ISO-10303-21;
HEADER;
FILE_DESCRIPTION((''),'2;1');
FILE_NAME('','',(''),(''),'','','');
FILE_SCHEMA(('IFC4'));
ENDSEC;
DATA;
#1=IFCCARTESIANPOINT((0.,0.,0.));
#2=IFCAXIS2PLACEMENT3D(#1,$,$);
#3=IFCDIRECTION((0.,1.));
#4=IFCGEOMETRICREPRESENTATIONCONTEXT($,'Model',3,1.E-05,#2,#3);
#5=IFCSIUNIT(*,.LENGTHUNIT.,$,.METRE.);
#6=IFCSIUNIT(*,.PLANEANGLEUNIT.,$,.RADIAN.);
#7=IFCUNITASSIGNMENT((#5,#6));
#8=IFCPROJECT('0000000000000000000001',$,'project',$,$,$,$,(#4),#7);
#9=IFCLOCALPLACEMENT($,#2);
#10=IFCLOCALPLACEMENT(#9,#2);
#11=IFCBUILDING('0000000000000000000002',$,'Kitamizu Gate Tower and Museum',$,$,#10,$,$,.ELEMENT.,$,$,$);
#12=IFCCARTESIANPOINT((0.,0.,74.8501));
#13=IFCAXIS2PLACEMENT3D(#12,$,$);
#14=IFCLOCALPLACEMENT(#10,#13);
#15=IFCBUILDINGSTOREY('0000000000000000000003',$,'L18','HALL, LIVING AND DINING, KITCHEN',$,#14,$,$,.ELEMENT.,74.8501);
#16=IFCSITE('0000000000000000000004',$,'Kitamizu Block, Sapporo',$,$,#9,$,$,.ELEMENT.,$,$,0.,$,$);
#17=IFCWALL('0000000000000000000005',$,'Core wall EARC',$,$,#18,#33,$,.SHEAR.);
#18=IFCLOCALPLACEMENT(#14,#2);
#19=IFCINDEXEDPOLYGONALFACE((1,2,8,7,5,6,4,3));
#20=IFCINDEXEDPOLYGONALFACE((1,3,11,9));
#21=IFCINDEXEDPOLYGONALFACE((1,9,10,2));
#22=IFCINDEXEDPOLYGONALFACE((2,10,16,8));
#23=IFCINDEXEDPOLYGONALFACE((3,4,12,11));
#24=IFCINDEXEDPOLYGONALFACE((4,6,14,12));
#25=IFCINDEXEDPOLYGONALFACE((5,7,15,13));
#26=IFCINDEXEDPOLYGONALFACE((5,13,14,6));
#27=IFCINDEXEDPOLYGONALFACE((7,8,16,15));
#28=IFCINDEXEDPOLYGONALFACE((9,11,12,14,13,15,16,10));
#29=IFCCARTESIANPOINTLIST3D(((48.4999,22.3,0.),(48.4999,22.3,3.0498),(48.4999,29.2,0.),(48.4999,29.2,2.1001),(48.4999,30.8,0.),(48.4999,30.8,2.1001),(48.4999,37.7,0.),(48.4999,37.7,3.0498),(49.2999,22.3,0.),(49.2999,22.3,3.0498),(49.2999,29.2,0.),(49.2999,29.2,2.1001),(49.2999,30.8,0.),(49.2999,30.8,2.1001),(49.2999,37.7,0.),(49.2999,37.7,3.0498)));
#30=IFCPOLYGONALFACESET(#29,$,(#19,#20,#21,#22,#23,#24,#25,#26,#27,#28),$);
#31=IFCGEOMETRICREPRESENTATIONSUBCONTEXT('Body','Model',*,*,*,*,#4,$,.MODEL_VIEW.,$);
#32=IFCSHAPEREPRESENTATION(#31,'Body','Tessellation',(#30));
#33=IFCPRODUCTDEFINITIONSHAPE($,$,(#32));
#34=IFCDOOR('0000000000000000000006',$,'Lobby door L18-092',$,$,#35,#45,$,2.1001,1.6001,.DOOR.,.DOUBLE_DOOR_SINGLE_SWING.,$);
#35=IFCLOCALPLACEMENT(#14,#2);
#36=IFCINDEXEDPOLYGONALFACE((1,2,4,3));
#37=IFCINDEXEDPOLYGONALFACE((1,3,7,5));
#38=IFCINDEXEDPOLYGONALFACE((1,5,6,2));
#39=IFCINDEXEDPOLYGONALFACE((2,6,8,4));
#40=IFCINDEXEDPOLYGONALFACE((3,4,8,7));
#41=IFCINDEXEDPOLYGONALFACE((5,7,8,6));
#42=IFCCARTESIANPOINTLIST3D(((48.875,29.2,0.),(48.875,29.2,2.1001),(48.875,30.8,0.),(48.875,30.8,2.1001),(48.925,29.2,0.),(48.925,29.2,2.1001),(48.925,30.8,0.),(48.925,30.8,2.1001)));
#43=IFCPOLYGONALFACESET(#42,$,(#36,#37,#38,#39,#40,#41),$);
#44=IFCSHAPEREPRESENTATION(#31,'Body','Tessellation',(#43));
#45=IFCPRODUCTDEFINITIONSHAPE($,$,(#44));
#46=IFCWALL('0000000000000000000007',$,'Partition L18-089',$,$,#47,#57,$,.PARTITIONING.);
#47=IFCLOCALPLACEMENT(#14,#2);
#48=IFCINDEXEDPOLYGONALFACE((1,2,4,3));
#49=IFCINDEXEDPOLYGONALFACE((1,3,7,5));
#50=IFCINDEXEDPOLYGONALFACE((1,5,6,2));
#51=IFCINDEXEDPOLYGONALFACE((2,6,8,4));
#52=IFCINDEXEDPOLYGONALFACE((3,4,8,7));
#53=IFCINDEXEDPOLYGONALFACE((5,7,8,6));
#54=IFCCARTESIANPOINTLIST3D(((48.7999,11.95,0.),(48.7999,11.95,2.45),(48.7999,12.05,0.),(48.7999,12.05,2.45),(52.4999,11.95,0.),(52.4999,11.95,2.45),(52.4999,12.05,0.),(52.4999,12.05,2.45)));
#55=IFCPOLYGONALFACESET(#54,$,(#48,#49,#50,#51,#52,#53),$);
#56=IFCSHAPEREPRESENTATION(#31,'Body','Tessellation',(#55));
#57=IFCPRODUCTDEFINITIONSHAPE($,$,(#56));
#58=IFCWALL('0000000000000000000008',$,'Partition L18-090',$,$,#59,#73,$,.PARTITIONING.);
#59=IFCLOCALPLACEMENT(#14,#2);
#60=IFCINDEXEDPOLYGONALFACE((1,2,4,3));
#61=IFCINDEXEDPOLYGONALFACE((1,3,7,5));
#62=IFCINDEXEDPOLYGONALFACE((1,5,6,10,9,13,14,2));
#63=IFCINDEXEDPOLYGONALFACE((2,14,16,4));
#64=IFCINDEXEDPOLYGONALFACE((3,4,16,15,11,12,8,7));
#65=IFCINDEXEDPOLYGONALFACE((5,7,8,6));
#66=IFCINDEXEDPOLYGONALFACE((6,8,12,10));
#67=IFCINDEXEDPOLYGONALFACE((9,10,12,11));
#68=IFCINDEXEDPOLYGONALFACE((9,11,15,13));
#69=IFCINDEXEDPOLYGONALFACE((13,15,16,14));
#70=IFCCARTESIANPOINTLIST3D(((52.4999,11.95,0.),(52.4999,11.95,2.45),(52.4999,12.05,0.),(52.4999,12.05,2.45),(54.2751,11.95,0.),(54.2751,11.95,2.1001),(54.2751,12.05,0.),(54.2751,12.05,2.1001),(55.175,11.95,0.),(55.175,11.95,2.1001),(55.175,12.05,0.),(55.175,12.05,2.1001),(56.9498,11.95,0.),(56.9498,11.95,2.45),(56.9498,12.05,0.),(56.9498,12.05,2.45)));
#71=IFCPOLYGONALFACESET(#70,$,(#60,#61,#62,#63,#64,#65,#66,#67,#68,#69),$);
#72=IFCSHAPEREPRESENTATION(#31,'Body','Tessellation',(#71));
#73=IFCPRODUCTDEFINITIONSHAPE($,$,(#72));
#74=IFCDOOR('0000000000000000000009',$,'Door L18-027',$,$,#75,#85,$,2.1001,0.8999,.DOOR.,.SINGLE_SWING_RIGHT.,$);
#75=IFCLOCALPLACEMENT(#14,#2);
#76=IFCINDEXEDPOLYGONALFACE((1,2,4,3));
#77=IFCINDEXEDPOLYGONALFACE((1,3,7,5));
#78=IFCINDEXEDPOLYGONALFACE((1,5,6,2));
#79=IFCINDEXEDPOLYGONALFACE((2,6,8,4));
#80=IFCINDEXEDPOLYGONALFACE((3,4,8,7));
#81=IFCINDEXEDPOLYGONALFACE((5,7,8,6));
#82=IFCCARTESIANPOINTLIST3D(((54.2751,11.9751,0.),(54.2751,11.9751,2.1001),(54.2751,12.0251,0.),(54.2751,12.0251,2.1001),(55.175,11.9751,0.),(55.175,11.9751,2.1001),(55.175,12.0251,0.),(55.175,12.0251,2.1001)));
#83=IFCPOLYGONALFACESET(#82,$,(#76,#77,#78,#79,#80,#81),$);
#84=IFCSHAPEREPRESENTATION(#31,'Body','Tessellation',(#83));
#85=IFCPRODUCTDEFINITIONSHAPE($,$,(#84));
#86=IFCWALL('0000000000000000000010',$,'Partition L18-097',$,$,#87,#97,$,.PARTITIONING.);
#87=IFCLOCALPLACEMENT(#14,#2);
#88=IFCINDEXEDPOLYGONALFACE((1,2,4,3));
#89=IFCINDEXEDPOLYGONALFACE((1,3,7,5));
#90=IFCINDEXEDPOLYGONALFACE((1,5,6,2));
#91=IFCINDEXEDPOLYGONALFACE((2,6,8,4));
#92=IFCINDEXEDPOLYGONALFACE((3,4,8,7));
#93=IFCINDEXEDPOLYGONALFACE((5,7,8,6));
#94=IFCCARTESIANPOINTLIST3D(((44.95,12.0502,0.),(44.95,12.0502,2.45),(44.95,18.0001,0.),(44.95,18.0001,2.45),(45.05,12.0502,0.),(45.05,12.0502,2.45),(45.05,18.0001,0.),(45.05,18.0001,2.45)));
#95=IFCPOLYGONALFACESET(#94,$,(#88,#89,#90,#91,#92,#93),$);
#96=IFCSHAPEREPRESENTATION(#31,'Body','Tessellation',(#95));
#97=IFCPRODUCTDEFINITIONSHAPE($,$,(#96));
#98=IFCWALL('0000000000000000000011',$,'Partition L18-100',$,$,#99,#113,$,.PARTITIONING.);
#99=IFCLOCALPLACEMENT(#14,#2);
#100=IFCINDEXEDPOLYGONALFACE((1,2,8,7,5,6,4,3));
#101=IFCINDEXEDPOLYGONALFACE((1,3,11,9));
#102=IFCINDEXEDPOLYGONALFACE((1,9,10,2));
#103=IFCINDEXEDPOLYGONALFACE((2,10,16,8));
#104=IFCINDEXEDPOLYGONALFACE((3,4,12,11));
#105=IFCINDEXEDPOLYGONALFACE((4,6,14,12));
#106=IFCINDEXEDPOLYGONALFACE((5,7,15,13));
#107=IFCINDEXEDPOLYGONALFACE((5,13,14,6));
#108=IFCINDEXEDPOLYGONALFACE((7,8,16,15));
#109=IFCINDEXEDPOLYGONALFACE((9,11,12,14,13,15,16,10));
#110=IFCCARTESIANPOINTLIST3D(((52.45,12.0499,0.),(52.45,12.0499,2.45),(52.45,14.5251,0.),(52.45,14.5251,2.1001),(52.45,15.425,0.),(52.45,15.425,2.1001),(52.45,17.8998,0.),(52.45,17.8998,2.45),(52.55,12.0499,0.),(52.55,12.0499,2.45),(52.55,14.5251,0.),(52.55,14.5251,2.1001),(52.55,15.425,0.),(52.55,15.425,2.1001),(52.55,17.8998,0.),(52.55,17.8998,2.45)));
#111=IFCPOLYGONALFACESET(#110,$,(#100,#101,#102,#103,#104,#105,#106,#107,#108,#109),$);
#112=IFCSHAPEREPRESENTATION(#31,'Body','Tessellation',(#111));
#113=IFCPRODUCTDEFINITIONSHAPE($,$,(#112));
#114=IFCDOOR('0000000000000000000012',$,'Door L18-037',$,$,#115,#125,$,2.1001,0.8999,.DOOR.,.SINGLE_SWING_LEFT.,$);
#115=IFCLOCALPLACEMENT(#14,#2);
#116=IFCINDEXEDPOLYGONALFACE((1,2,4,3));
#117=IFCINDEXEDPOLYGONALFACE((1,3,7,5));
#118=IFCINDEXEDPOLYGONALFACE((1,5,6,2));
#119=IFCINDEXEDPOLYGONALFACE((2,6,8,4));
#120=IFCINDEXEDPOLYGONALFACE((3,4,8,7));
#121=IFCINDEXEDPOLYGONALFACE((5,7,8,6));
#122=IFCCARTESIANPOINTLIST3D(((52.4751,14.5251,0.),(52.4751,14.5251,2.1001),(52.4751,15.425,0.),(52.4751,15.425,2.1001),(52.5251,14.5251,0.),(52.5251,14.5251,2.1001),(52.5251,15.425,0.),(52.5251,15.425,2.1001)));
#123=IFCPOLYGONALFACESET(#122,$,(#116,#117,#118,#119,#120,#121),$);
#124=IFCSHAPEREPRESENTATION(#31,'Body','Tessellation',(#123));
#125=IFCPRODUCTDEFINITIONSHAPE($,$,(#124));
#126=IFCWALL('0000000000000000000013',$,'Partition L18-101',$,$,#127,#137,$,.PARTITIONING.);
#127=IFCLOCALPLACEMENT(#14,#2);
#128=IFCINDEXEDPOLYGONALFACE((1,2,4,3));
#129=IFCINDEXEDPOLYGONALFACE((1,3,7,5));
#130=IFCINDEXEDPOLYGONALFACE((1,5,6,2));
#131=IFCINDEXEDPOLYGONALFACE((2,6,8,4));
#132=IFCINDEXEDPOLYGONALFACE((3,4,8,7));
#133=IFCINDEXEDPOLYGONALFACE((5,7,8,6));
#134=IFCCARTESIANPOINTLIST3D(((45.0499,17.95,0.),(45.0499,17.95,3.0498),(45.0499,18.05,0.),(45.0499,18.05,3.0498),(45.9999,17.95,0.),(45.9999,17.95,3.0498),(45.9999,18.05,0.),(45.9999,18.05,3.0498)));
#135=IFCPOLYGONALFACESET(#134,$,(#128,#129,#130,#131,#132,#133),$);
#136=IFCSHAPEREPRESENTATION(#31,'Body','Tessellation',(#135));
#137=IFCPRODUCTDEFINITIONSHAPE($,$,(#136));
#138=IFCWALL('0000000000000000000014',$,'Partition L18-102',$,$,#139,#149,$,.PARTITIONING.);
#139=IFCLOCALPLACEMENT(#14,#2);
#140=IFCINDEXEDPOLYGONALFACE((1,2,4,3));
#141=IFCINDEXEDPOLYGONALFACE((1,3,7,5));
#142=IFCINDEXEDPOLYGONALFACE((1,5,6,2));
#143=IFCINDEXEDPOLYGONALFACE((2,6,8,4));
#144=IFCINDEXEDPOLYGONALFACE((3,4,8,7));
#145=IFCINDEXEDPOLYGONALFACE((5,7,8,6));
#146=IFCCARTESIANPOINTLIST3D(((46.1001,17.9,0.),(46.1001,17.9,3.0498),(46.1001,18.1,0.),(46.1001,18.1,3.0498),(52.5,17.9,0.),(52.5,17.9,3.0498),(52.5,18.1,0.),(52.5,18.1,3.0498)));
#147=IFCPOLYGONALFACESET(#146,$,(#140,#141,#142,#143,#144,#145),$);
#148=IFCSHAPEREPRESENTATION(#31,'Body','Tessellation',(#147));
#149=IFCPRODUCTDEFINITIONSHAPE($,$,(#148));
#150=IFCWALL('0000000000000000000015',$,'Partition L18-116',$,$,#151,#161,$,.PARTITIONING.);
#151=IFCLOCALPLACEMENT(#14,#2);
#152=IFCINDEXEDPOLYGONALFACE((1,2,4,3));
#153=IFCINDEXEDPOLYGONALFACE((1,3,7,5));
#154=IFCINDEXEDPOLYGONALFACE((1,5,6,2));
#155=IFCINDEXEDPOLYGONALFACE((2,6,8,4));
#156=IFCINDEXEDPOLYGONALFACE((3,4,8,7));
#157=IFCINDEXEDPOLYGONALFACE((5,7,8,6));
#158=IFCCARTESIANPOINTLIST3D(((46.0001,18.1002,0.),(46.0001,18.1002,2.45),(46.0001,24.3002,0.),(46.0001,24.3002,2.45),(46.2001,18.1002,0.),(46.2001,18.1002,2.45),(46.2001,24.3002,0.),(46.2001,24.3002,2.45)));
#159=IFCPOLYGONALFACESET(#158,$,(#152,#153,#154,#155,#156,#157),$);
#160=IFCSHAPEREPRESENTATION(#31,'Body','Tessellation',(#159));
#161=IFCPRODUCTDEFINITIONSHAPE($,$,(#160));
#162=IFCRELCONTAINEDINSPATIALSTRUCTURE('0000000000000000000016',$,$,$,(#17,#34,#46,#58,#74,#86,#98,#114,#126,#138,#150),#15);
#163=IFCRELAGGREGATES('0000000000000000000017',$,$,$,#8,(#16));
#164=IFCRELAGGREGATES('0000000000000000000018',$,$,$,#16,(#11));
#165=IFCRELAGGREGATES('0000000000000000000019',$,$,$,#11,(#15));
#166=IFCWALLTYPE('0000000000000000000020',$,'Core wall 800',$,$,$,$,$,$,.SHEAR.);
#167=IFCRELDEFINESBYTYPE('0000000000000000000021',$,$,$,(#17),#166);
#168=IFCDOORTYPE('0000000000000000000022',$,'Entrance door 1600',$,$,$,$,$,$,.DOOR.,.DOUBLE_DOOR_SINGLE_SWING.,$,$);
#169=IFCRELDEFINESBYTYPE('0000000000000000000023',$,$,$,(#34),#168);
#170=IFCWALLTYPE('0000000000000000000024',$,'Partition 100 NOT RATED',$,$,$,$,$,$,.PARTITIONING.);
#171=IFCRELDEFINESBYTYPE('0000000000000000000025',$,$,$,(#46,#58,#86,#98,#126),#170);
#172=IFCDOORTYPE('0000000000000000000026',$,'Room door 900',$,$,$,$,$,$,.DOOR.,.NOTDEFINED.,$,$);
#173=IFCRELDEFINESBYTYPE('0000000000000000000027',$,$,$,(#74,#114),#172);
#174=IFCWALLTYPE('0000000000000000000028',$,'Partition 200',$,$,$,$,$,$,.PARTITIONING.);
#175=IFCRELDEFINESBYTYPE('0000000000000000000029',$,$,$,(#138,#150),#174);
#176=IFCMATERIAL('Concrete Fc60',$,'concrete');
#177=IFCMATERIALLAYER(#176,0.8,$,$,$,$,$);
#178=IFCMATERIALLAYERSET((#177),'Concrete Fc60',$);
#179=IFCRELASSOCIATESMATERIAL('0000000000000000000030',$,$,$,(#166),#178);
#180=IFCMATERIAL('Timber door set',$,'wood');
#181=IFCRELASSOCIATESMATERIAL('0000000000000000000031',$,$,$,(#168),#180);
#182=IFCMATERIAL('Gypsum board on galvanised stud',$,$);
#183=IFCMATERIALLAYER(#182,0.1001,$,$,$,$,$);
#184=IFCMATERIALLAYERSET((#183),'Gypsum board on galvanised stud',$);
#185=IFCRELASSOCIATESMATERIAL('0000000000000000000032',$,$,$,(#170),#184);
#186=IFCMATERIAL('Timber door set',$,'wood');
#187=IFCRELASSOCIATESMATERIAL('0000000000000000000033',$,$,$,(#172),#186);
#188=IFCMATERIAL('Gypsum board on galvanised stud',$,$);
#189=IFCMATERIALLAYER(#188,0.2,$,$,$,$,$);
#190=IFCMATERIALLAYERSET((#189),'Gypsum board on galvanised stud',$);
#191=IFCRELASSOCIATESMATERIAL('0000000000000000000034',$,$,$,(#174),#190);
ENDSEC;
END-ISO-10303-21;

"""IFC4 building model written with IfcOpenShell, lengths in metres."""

from ifc_helpers import new_model, si_unit, direction, frame, frame_2d, origin, place, context, subcontext, project, spatial, rectangle, extrude, material, layer, layer_set, type_object, element, fill, save


model = new_model("IFC4")

# Units and contexts
model_context = context("Model", 3, precision=1e-05, world=origin(), true_north=direction((0.0, 1.0)))
body_context = subcontext(model_context, "Body", "Model", "MODEL_VIEW")
ifc_project = project(units=[si_unit("LENGTHUNIT", "METRE"), si_unit("PLANEANGLEUNIT", "RADIAN")], contexts=[model_context])

# Site, building, storey
site_placement = place(None, origin())
site = spatial("IfcSite", under=ifc_project, at=site_placement, Name="Kitamizu Block, Sapporo", CompositionType="ELEMENT", RefElevation=0.0)
building_placement = place(site_placement, origin())
building = spatial("IfcBuilding", under=site, at=building_placement, Name="Kitamizu Gate Tower and Museum", CompositionType="ELEMENT")
storey_placement = place(building_placement, frame((0.0, 0.0, 74.8501)))
storey = spatial("IfcBuildingStorey", under=building, at=storey_placement, Name="L18", Description="HALL, LIVING AND DINING, KITCHEN", CompositionType="ELEMENT", Elevation=74.8501)

# Wall, opening, door
ifc_material_1 = material(Name="Concrete Fc60", Category="concrete")
ifc_layer_1 = layer(ifc_material_1, 0.8)
ifc_layer_set_1 = layer_set([ifc_layer_1], Name="Concrete Fc60")
wall_type_1 = type_object("IfcWallType", Name="Core wall 800", PredefinedType="SHEAR", material=ifc_layer_set_1)
wall_1_placement = place(storey_placement, frame((48.8999, 22.3, 0.0), z_axis=(0.0, 0.0, 1.0), x_axis=(0.0, 1.0, 0.0)))
wall_1 = element("IfcWall", 1, at=wall_1_placement, inside=storey, type_object=wall_type_1, Name="Core wall EARC", PredefinedType="SHEAR", context=body_context, shape_type="SweptSolid", body=[
    extrude(rectangle(XDim=15.3999, YDim=0.8, at=frame_2d((7.7, 0.0))), origin(), (0.0, 0.0, 1.0), 3.0498),
])
opening_1_placement = place(wall_1_placement, frame((6.8999, 0.0, 0.0)))
opening_1 = element("IfcOpeningElement", 2, at=opening_1_placement, cuts=wall_1, PredefinedType="OPENING", context=body_context, shape_type="SweptSolid", body=[
    extrude(rectangle(XDim=1.6001, YDim=2.1001, at=frame_2d((0.8, 1.05))), frame((0.0, 0.4102, 0.0), z_axis=(0.0, -1.0, 0.0), x_axis=(1.0, 0.0, 0.0)), (0.0, 0.0, 1.0), 0.8201),
])
ifc_material_2 = material(Name="Timber door set", Category="wood")
door_type_1 = type_object("IfcDoorType", Name="Entrance door 1600", OperationType="DOUBLE_DOOR_SINGLE_SWING", PredefinedType="DOOR", material=ifc_material_2)
door_1_placement = place(opening_1_placement, origin())
door_1 = element("IfcDoor", 3, at=door_1_placement, inside=storey, type_object=door_type_1, Name="Lobby door L18-092", OperationType="DOUBLE_DOOR_SINGLE_SWING", OverallHeight=2.1001, OverallWidth=1.6001, PredefinedType="DOOR", context=body_context, shape_type="SweptSolid", body=[
    extrude(rectangle(XDim=1.6001, YDim=2.1001, at=frame_2d((0.8, 1.05))), frame((0.0, 0.0249, 0.0), z_axis=(0.0, -1.0, 0.0), x_axis=(1.0, 0.0, 0.0)), (0.0, 0.0, 1.0), 0.05),
])
fill(opening_1, door_1)

# Wall
ifc_material_3 = material(Name="Gypsum board on galvanised stud")
ifc_layer_2 = layer(ifc_material_3, 0.1001)
ifc_layer_set_2 = layer_set([ifc_layer_2], Name="Gypsum board on galvanised stud")
wall_type_2 = type_object("IfcWallType", Name="Partition 100 NOT RATED", PredefinedType="PARTITIONING", material=ifc_layer_set_2)
wall_2_placement = place(storey_placement, frame((52.5, 12.0, 0.0), z_axis=(0.0, 0.0, 1.0), x_axis=(-1.0, 0.0, 0.0)))
element("IfcWall", 4, at=wall_2_placement, inside=storey, type_object=wall_type_2, Name="Partition L18-089", PredefinedType="PARTITIONING", context=body_context, shape_type="SweptSolid", body=[
    extrude(rectangle(XDim=3.7, YDim=0.1001, at=frame_2d((1.8501, 0.0))), origin(), (0.0, 0.0, 1.0), 2.45),
])

# Wall, opening, door
wall_3_placement = place(storey_placement, frame((56.95, 12.0, 0.0), z_axis=(0.0, 0.0, 1.0), x_axis=(-1.0, 0.0, 0.0)))
wall_3 = element("IfcWall", 5, at=wall_3_placement, inside=storey, type_object=wall_type_2, Name="Partition L18-090", PredefinedType="PARTITIONING", context=body_context, shape_type="SweptSolid", body=[
    extrude(rectangle(XDim=4.45, YDim=0.1001, at=frame_2d((2.2251, 0.0))), origin(), (0.0, 0.0, 1.0), 2.45),
])
opening_2_placement = place(wall_3_placement, frame((1.7749, 0.0, 0.0)))
opening_2 = element("IfcOpeningElement", 6, at=opening_2_placement, cuts=wall_3, PredefinedType="OPENING", context=body_context, shape_type="SweptSolid", body=[
    extrude(rectangle(XDim=0.8999, YDim=2.1001, at=frame_2d((0.45, 1.05))), frame((0.0, 0.0601, 0.0), z_axis=(0.0, -1.0, 0.0), x_axis=(1.0, 0.0, 0.0)), (0.0, 0.0, 1.0), 0.1201),
])
ifc_material_4 = material(Name="Timber door set", Category="wood")
door_type_2 = type_object("IfcDoorType", Name="Room door 900", OperationType="NOTDEFINED", PredefinedType="DOOR", material=ifc_material_4)
door_2_placement = place(opening_2_placement, origin())
door_2 = element("IfcDoor", 7, at=door_2_placement, inside=storey, type_object=door_type_2, Name="Door L18-027", OperationType="SINGLE_SWING_RIGHT", OverallHeight=2.1001, OverallWidth=0.8999, PredefinedType="DOOR", context=body_context, shape_type="SweptSolid", body=[
    extrude(rectangle(XDim=0.8999, YDim=2.1001, at=frame_2d((0.45, 1.05))), frame((0.0, 0.0249, 0.0), z_axis=(0.0, -1.0, 0.0), x_axis=(1.0, 0.0, 0.0)), (0.0, 0.0, 1.0), 0.05),
])
fill(opening_2, door_2)

# Wall
wall_4_placement = place(storey_placement, frame((45.0, 12.05, 0.0), z_axis=(0.0, 0.0, 1.0), x_axis=(0.0, 1.0, 0.0)))
element("IfcWall", 8, at=wall_4_placement, inside=storey, type_object=wall_type_2, Name="Partition L18-097", PredefinedType="PARTITIONING", context=body_context, shape_type="SweptSolid", body=[
    extrude(rectangle(XDim=5.95, YDim=0.1001, at=frame_2d((2.9751, 0.0))), origin(), (0.0, 0.0, 1.0), 2.45),
])

# Wall, opening, door
wall_5_placement = place(storey_placement, frame((52.5, 12.05, 0.0), z_axis=(0.0, 0.0, 1.0), x_axis=(0.0, 1.0, 0.0)))
wall_5 = element("IfcWall", 9, at=wall_5_placement, inside=storey, type_object=wall_type_2, Name="Partition L18-100", PredefinedType="PARTITIONING", context=body_context, shape_type="SweptSolid", body=[
    extrude(rectangle(XDim=5.8499, YDim=0.1001, at=frame_2d((2.9248, 0.0))), origin(), (0.0, 0.0, 1.0), 2.45),
])
opening_3_placement = place(wall_5_placement, frame((2.4751, 0.0, 0.0)))
opening_3 = element("IfcOpeningElement", 10, at=opening_3_placement, cuts=wall_5, PredefinedType="OPENING", context=body_context, shape_type="SweptSolid", body=[
    extrude(rectangle(XDim=0.8999, YDim=2.1001, at=frame_2d((0.45, 1.05))), frame((0.0, 0.0601, 0.0), z_axis=(0.0, -1.0, 0.0), x_axis=(1.0, 0.0, 0.0)), (0.0, 0.0, 1.0), 0.1201),
])
door_3_placement = place(opening_3_placement, origin())
door_3 = element("IfcDoor", 11, at=door_3_placement, inside=storey, type_object=door_type_2, Name="Door L18-037", OperationType="SINGLE_SWING_LEFT", OverallHeight=2.1001, OverallWidth=0.8999, PredefinedType="DOOR", context=body_context, shape_type="SweptSolid", body=[
    extrude(rectangle(XDim=0.8999, YDim=2.1001, at=frame_2d((0.45, 1.05))), frame((0.0, 0.0249, 0.0), z_axis=(0.0, -1.0, 0.0), x_axis=(1.0, 0.0, 0.0)), (0.0, 0.0, 1.0), 0.05),
])
fill(opening_3, door_3)

# Walls
wall_6_placement = place(storey_placement, frame((46.0, 18.0, 0.0), z_axis=(0.0, 0.0, 1.0), x_axis=(-1.0, 0.0, 0.0)))
element("IfcWall", 12, at=wall_6_placement, inside=storey, type_object=wall_type_2, Name="Partition L18-101", PredefinedType="PARTITIONING", context=body_context, shape_type="SweptSolid", body=[
    extrude(rectangle(XDim=0.95, YDim=0.1001, at=frame_2d((0.4751, 0.0))), origin(), (0.0, 0.0, 1.0), 3.0498),
])
ifc_material_5 = material(Name="Gypsum board on galvanised stud")
ifc_layer_3 = layer(ifc_material_5, 0.2)
ifc_layer_set_3 = layer_set([ifc_layer_3], Name="Gypsum board on galvanised stud")
wall_type_3 = type_object("IfcWallType", Name="Partition 200", PredefinedType="PARTITIONING", material=ifc_layer_set_3)
wall_7_placement = place(storey_placement, frame((52.5, 18.0, 0.0), z_axis=(0.0, 0.0, 1.0), x_axis=(-1.0, 0.0, 0.0)))
element("IfcWall", 13, at=wall_7_placement, inside=storey, type_object=wall_type_3, Name="Partition L18-102", PredefinedType="PARTITIONING", context=body_context, shape_type="SweptSolid", body=[
    extrude(rectangle(XDim=6.3999, YDim=0.2, at=frame_2d((3.2, 0.0))), origin(), (0.0, 0.0, 1.0), 3.0498),
])
wall_8_placement = place(storey_placement, frame((46.1001, 18.1001, 0.0), z_axis=(0.0, 0.0, 1.0), x_axis=(0.0, 1.0, 0.0)))
element("IfcWall", 14, at=wall_8_placement, inside=storey, type_object=wall_type_3, Name="Partition L18-116", PredefinedType="PARTITIONING", context=body_context, shape_type="SweptSolid", body=[
    extrude(rectangle(XDim=6.2, YDim=0.2, at=frame_2d((3.1001, 0.0))), origin(), (0.0, 0.0, 1.0), 2.45),
])

save(model, "model.ifc")
